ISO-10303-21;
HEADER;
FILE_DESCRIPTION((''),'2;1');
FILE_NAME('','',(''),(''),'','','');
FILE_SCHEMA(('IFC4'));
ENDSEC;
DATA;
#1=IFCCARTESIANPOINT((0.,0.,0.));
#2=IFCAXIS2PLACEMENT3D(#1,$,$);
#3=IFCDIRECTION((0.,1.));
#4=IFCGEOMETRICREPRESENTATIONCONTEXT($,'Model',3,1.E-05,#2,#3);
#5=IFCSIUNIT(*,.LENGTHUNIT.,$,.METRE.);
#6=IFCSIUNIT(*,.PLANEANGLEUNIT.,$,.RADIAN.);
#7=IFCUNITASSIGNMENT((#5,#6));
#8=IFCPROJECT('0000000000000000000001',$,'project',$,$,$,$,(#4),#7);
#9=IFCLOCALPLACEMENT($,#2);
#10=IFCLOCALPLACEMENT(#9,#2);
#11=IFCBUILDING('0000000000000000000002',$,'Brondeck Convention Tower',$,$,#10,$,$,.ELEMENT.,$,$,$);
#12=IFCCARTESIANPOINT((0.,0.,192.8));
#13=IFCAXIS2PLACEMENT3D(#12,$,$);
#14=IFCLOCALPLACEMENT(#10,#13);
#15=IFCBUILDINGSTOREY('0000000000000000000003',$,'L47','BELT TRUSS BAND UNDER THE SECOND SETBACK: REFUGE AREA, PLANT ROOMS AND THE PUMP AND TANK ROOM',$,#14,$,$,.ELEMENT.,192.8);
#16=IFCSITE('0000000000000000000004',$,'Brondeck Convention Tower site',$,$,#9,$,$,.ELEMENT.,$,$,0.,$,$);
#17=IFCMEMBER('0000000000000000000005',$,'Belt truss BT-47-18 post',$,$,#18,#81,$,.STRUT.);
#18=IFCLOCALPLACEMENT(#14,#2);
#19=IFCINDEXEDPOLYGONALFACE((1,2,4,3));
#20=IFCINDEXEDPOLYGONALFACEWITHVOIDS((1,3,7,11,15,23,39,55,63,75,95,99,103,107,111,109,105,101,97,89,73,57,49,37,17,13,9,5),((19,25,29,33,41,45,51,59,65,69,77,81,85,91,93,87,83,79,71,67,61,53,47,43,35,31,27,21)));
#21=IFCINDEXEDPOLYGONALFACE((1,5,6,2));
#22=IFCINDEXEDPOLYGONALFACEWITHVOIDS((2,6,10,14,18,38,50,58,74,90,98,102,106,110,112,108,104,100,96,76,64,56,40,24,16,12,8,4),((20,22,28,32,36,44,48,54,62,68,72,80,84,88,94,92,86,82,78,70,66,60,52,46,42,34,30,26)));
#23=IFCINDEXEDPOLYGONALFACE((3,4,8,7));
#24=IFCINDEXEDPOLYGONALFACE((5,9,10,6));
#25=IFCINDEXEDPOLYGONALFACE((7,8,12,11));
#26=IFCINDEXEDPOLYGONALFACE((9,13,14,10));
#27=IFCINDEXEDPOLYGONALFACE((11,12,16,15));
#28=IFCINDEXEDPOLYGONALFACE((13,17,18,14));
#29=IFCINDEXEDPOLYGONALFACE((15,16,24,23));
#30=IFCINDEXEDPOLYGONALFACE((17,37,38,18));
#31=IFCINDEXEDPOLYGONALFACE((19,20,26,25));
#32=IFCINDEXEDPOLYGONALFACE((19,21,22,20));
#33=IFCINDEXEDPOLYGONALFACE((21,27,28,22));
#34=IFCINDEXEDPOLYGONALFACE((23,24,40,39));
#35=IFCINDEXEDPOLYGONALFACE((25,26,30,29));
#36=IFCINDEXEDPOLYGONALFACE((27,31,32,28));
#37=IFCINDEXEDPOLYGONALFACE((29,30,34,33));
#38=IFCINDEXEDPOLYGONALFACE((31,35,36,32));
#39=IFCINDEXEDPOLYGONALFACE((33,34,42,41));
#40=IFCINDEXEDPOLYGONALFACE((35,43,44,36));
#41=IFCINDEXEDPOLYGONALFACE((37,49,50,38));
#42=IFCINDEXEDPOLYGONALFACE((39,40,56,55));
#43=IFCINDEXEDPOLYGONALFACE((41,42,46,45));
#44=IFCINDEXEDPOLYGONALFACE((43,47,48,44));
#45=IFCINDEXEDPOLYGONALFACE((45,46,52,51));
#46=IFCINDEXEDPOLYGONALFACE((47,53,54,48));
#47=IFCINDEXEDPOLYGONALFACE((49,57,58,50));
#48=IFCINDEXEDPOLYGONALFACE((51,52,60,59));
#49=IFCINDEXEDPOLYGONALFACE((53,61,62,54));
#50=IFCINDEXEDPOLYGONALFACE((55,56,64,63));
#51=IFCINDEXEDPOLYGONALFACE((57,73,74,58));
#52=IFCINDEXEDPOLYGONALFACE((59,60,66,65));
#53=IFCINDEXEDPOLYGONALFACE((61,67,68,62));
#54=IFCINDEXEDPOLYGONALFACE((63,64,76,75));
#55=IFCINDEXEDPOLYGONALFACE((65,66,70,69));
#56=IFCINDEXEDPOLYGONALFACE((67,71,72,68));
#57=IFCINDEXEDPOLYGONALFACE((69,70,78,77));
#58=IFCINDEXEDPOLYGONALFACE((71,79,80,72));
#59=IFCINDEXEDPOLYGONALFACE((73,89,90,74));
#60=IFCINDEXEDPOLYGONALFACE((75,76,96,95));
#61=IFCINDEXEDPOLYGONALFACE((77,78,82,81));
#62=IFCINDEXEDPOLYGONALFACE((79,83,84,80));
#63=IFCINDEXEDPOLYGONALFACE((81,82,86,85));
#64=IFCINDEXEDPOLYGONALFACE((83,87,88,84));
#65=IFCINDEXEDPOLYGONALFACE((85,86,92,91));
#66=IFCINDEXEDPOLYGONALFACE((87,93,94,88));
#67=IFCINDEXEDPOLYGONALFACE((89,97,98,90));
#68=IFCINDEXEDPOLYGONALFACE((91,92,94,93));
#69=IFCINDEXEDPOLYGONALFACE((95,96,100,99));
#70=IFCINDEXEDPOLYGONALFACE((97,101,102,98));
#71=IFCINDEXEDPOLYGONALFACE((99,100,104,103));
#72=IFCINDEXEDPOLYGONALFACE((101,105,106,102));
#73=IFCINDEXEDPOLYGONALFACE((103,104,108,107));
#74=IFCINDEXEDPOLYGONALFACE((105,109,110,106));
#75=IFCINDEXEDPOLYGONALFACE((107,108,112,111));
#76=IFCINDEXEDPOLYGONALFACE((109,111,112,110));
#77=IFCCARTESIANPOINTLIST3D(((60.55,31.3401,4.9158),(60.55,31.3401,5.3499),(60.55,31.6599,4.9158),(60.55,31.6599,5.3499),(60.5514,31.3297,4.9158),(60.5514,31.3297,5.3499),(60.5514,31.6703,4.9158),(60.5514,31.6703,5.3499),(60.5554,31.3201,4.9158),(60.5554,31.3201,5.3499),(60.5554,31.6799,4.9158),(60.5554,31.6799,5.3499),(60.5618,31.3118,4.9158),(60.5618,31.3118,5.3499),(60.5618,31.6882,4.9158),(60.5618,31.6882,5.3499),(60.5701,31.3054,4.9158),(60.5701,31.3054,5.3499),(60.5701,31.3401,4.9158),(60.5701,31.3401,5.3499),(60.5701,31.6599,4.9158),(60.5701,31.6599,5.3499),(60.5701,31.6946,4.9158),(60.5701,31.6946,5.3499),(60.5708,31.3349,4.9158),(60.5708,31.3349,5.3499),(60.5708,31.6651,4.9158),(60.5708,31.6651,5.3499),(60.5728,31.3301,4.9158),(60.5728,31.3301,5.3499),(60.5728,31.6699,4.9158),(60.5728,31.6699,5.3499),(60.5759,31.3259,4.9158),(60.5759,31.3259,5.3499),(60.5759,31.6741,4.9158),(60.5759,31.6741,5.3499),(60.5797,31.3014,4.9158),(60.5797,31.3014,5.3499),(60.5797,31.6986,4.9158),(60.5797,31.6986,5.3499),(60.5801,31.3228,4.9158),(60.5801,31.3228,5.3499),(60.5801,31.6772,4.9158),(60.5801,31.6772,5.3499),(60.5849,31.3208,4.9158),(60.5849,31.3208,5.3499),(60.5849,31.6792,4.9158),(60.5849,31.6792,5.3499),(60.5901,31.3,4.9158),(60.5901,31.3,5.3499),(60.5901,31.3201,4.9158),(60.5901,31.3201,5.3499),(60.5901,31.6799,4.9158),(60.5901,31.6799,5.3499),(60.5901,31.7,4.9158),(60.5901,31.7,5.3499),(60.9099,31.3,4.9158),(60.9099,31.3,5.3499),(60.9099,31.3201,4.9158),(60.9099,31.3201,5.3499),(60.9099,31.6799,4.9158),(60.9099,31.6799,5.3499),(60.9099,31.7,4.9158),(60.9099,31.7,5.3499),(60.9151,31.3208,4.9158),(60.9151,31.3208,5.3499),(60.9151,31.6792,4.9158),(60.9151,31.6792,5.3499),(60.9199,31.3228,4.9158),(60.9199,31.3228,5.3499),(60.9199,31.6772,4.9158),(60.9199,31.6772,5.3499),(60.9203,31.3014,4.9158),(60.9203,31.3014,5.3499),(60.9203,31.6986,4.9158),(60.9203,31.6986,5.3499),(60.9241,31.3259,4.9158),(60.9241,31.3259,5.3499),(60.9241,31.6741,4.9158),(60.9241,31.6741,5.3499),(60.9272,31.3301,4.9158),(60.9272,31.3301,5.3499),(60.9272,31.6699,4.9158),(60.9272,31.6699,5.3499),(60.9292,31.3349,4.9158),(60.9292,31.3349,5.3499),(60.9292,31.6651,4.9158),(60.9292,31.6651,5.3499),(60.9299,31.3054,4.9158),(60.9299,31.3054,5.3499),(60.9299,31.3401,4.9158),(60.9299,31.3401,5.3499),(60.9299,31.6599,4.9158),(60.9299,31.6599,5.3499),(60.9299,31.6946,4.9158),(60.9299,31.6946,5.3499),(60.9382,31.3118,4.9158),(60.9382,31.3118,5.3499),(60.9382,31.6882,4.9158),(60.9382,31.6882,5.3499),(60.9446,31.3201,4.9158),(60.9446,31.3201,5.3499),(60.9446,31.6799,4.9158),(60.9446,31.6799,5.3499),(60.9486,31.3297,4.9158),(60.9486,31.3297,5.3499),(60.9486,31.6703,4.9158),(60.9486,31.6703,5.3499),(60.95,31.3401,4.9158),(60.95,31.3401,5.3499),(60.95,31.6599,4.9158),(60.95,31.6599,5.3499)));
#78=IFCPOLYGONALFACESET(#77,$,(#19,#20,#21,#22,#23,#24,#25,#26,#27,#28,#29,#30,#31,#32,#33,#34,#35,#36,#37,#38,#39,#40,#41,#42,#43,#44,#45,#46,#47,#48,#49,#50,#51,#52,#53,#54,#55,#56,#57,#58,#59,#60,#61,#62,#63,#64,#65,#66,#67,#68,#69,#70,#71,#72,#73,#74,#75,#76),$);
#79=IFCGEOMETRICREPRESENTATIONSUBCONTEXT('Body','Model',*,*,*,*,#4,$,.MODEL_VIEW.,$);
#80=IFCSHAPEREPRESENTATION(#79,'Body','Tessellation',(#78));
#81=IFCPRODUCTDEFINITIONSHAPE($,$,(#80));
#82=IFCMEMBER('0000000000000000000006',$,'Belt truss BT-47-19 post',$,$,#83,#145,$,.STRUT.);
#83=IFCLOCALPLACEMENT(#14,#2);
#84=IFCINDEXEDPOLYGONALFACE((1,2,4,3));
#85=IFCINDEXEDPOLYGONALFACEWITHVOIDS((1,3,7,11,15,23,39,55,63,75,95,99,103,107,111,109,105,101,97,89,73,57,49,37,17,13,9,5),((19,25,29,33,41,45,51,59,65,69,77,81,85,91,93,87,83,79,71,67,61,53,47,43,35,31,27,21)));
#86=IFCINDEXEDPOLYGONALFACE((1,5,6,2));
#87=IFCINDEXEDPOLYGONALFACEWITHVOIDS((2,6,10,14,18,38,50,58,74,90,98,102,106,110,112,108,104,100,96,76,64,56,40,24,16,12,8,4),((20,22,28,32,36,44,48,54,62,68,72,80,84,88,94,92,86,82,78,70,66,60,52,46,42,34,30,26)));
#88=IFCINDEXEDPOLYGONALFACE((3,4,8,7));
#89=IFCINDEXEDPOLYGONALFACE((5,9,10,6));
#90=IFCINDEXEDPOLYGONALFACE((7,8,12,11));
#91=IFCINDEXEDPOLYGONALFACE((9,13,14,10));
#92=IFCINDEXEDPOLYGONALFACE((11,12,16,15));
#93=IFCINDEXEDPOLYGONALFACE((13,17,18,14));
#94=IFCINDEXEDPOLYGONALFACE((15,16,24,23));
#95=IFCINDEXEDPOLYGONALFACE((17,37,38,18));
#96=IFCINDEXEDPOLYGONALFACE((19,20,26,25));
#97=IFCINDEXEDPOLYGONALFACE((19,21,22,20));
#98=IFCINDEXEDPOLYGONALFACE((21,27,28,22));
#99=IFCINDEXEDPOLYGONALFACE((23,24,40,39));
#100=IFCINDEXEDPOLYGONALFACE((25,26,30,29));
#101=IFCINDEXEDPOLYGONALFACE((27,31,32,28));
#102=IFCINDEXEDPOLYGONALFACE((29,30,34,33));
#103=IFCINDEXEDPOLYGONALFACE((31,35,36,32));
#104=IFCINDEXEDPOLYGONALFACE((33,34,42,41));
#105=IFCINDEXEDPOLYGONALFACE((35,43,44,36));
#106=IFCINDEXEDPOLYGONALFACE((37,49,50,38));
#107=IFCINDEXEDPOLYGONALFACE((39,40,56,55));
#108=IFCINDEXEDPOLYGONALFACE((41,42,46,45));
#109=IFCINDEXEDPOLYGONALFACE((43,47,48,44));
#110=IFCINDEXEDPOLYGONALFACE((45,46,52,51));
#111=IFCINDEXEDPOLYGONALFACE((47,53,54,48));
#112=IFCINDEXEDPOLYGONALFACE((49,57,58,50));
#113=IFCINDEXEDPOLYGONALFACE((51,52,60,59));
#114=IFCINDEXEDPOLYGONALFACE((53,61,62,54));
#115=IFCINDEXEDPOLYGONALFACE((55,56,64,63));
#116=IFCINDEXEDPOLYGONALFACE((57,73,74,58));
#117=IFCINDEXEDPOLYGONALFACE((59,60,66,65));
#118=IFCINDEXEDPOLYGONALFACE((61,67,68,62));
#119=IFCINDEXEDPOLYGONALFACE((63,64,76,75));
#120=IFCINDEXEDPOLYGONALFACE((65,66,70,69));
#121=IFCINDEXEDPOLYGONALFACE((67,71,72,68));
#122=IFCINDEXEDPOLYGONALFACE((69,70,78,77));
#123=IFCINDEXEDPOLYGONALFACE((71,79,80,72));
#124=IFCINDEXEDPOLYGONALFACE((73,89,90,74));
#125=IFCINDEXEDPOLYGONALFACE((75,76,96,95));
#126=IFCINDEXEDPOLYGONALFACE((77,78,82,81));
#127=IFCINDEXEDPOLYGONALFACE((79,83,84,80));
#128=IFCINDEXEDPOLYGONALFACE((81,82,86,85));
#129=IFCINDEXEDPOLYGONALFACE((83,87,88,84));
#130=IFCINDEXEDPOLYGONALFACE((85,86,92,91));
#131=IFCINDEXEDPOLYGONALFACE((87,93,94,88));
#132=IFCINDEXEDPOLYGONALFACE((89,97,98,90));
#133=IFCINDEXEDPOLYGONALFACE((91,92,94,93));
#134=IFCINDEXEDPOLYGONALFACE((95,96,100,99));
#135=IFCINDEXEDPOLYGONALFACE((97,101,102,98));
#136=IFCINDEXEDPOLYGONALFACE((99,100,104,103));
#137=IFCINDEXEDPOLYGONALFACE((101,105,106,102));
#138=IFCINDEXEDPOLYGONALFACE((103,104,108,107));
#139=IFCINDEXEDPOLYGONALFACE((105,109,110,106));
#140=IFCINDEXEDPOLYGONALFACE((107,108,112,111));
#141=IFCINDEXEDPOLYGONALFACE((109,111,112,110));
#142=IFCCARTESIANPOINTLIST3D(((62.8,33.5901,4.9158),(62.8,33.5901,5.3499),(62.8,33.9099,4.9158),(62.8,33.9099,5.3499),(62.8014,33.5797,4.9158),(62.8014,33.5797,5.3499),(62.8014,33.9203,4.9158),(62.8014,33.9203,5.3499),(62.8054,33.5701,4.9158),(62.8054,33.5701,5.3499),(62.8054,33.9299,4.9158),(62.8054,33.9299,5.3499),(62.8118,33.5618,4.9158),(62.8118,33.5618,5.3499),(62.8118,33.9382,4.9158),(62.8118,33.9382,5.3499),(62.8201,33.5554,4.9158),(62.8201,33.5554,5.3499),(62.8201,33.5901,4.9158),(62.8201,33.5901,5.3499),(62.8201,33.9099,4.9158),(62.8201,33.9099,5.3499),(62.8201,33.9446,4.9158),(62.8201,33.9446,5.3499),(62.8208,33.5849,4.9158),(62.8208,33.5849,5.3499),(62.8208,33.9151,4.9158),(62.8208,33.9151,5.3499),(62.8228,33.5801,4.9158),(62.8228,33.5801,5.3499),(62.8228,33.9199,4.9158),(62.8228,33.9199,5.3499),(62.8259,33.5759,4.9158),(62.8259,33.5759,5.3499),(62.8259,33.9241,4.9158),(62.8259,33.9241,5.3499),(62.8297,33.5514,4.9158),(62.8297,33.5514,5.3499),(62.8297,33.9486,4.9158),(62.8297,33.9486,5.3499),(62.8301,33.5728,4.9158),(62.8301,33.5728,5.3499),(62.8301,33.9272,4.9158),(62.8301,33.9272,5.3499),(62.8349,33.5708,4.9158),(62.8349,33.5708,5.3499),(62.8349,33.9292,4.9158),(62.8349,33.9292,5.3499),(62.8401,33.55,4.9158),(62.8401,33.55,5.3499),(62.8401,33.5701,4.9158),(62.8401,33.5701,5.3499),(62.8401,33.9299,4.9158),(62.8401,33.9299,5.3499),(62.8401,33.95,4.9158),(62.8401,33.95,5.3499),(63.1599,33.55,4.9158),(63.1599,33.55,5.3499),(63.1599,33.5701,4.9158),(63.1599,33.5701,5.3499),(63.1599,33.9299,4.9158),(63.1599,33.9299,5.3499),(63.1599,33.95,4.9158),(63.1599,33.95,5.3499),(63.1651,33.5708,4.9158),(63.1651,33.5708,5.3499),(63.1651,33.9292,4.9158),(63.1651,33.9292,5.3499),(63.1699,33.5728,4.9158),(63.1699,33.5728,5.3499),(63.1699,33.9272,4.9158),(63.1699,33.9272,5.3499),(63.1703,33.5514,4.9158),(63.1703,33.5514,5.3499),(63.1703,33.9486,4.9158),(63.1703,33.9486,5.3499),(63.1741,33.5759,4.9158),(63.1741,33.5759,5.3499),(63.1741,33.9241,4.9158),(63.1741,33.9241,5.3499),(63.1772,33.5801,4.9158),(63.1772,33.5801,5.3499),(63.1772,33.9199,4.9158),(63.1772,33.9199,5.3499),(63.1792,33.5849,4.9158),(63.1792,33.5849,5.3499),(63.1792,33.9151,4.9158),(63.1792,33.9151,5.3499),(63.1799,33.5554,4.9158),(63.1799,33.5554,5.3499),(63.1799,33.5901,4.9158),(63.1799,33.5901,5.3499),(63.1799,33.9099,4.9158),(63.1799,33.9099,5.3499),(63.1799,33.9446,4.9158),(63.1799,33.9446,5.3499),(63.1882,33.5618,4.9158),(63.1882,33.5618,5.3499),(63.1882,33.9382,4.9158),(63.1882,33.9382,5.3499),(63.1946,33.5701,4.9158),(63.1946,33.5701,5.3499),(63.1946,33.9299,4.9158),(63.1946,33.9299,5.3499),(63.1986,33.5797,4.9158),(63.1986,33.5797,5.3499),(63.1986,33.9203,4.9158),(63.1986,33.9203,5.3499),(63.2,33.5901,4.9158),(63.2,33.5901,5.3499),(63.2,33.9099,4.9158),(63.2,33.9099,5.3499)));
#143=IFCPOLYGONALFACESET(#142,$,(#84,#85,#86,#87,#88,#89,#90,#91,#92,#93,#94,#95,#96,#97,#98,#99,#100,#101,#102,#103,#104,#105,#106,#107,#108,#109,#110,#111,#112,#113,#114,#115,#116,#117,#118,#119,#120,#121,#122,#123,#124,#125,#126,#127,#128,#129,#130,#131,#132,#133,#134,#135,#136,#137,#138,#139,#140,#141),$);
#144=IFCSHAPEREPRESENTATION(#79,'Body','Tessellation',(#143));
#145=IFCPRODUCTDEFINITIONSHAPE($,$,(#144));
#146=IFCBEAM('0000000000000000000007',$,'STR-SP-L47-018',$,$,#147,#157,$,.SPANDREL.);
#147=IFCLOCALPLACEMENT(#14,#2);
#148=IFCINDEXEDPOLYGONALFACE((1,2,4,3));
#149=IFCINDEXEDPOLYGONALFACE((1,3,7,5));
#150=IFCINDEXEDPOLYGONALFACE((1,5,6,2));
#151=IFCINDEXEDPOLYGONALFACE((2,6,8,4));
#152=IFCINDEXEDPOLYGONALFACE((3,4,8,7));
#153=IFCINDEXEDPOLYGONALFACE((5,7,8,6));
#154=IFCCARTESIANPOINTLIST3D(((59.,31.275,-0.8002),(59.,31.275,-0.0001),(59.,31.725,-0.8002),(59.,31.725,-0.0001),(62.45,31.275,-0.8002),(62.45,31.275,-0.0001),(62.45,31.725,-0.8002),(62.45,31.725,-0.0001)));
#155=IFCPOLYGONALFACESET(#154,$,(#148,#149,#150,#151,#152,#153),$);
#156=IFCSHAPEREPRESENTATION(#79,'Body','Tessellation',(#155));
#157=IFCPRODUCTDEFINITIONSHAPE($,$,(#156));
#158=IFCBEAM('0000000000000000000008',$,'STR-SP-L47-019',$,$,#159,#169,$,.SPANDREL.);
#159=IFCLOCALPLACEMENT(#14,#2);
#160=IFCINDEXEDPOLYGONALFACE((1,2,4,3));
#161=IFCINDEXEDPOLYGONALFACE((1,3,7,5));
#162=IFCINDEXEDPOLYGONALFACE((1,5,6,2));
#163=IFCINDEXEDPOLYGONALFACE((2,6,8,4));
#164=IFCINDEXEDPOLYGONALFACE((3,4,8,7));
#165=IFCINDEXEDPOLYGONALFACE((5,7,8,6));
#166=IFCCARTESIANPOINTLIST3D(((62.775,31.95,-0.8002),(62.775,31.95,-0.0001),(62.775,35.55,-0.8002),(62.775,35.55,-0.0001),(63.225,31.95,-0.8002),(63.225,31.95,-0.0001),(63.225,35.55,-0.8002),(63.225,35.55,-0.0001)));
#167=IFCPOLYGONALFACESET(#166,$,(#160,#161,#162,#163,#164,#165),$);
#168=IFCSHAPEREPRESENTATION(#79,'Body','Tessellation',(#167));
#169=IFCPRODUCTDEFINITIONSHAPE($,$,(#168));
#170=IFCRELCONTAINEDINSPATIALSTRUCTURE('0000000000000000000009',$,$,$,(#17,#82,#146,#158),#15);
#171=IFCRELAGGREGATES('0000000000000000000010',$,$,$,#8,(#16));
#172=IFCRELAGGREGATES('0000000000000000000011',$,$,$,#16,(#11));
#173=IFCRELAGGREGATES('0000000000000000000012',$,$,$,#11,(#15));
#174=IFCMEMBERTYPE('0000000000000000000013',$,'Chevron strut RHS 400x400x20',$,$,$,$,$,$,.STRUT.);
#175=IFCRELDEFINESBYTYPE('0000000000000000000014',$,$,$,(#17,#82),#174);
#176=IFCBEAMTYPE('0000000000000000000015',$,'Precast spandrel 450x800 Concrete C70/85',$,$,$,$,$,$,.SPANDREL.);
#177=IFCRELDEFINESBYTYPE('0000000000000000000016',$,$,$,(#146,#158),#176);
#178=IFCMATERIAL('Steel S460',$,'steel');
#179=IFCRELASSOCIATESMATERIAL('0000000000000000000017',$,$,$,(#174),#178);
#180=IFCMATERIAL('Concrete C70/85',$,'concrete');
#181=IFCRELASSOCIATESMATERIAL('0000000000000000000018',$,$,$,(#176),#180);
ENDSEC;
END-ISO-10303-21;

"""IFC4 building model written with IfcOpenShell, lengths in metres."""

from ifc_helpers import new_model, si_unit, direction, frame, origin, origin_2d, place, context, subcontext, project, spatial, rectangle, hollow_rectangle, extrude, material, material_profile, profile_set, type_object, element, save


model = new_model("IFC4")

# Units and contexts
model_context = context("Model", 3, precision=1e-05, world=origin(), true_north=direction((0.0, 1.0)))
body_context = subcontext(model_context, "Body", "Model", "MODEL_VIEW")
ifc_project = project(units=[si_unit("LENGTHUNIT", "METRE"), si_unit("PLANEANGLEUNIT", "RADIAN")], contexts=[model_context])

# Site, building, storey
site_placement = place(None, origin())
site = spatial("IfcSite", under=ifc_project, at=site_placement, Name="Brondeck Convention Tower site", CompositionType="ELEMENT", RefElevation=0.0)
building_placement = place(site_placement, origin())
building = spatial("IfcBuilding", under=site, at=building_placement, Name="Brondeck Convention Tower", CompositionType="ELEMENT")
storey_placement = place(building_placement, frame((0.0, 0.0, 192.8)))
storey = spatial("IfcBuildingStorey", under=building, at=storey_placement, Name="L47", Description="BELT TRUSS BAND UNDER THE SECOND SETBACK: REFUGE AREA, PLANT ROOMS AND THE PUMP AND TANK ROOM", CompositionType="ELEMENT", Elevation=192.8)

# Shared definitions
ifc_material_1 = material(Name="Concrete C70/85", Category="concrete")

# Members
ifc_material_2 = material(Name="Steel S460", Category="steel")
ifc_material_profile_1 = material_profile(ifc_material_2, hollow_rectangle(XDim=0.3999, YDim=0.3999, WallThickness=0.02, InnerFilletRadius=0.02, OuterFilletRadius=0.04, at=origin_2d()), Name="RHS 400x400x20")
ifc_profile_set_1 = profile_set([ifc_material_profile_1], Name="Steel S460")
member_type_1 = type_object("IfcMemberType", Name="Chevron strut RHS 400x400x20", PredefinedType="STRUT", material=ifc_profile_set_1)
for number, where, z_axis, x_axis, name in (
    (1, (60.75, 31.5, 4.9158), (0.0, 0.0, 1.0), (1.0, 0.0, 0.0), "Belt truss BT-47-18 post"),
    (2, (63.0, 33.75, 4.9158), (0.0, 0.0, 1.0), (1.0, 0.0, 0.0), "Belt truss BT-47-19 post"),
):
    element("IfcMember", number, at=place(storey_placement, frame(where, z_axis=z_axis, x_axis=x_axis)), inside=storey, type_object=member_type_1, Name=name, PredefinedType="STRUT", context=body_context, shape_type="SweptSolid", body=[
        extrude(hollow_rectangle(XDim=0.3999, YDim=0.3999, WallThickness=0.02, InnerFilletRadius=0.02, OuterFilletRadius=0.04, at=origin_2d()), origin(), (0.0, 0.0, 1.0), 0.4341),
    ])

# Beams
ifc_material_profile_2 = material_profile(ifc_material_1, rectangle(XDim=0.45, YDim=0.8, at=origin_2d()), Name="Precast spandrel 450x800 Concrete C70/85")
ifc_profile_set_2 = profile_set([ifc_material_profile_2], Name="Concrete C70/85")
beam_type = type_object("IfcBeamType", Name="Precast spandrel 450x800 Concrete C70/85", PredefinedType="SPANDREL", material=ifc_profile_set_2)
beam_1_placement = place(storey_placement, frame((59.0, 31.5, -0.4001), z_axis=(1.0, 0.0, 0.0), x_axis=(0.0, 1.0, 0.0)))
element("IfcBeam", 3, at=beam_1_placement, inside=storey, type_object=beam_type, Name="STR-SP-L47-018", PredefinedType="SPANDREL", context=body_context, shape_type="SweptSolid", body=[
    extrude(rectangle(XDim=0.45, YDim=0.8, at=origin_2d()), origin(), (0.0, 0.0, 1.0), 3.45),
])
beam_2_placement = place(storey_placement, frame((63.0, 31.95, -0.4001), z_axis=(0.0, 1.0, 0.0), x_axis=(-1.0, 0.0, 0.0)))
element("IfcBeam", 4, at=beam_2_placement, inside=storey, type_object=beam_type, Name="STR-SP-L47-019", PredefinedType="SPANDREL", context=body_context, shape_type="SweptSolid", body=[
    extrude(rectangle(XDim=0.45, YDim=0.8, at=origin_2d()), origin(), (0.0, 0.0, 1.0), 3.6001),
])

save(model, "model.ifc")
